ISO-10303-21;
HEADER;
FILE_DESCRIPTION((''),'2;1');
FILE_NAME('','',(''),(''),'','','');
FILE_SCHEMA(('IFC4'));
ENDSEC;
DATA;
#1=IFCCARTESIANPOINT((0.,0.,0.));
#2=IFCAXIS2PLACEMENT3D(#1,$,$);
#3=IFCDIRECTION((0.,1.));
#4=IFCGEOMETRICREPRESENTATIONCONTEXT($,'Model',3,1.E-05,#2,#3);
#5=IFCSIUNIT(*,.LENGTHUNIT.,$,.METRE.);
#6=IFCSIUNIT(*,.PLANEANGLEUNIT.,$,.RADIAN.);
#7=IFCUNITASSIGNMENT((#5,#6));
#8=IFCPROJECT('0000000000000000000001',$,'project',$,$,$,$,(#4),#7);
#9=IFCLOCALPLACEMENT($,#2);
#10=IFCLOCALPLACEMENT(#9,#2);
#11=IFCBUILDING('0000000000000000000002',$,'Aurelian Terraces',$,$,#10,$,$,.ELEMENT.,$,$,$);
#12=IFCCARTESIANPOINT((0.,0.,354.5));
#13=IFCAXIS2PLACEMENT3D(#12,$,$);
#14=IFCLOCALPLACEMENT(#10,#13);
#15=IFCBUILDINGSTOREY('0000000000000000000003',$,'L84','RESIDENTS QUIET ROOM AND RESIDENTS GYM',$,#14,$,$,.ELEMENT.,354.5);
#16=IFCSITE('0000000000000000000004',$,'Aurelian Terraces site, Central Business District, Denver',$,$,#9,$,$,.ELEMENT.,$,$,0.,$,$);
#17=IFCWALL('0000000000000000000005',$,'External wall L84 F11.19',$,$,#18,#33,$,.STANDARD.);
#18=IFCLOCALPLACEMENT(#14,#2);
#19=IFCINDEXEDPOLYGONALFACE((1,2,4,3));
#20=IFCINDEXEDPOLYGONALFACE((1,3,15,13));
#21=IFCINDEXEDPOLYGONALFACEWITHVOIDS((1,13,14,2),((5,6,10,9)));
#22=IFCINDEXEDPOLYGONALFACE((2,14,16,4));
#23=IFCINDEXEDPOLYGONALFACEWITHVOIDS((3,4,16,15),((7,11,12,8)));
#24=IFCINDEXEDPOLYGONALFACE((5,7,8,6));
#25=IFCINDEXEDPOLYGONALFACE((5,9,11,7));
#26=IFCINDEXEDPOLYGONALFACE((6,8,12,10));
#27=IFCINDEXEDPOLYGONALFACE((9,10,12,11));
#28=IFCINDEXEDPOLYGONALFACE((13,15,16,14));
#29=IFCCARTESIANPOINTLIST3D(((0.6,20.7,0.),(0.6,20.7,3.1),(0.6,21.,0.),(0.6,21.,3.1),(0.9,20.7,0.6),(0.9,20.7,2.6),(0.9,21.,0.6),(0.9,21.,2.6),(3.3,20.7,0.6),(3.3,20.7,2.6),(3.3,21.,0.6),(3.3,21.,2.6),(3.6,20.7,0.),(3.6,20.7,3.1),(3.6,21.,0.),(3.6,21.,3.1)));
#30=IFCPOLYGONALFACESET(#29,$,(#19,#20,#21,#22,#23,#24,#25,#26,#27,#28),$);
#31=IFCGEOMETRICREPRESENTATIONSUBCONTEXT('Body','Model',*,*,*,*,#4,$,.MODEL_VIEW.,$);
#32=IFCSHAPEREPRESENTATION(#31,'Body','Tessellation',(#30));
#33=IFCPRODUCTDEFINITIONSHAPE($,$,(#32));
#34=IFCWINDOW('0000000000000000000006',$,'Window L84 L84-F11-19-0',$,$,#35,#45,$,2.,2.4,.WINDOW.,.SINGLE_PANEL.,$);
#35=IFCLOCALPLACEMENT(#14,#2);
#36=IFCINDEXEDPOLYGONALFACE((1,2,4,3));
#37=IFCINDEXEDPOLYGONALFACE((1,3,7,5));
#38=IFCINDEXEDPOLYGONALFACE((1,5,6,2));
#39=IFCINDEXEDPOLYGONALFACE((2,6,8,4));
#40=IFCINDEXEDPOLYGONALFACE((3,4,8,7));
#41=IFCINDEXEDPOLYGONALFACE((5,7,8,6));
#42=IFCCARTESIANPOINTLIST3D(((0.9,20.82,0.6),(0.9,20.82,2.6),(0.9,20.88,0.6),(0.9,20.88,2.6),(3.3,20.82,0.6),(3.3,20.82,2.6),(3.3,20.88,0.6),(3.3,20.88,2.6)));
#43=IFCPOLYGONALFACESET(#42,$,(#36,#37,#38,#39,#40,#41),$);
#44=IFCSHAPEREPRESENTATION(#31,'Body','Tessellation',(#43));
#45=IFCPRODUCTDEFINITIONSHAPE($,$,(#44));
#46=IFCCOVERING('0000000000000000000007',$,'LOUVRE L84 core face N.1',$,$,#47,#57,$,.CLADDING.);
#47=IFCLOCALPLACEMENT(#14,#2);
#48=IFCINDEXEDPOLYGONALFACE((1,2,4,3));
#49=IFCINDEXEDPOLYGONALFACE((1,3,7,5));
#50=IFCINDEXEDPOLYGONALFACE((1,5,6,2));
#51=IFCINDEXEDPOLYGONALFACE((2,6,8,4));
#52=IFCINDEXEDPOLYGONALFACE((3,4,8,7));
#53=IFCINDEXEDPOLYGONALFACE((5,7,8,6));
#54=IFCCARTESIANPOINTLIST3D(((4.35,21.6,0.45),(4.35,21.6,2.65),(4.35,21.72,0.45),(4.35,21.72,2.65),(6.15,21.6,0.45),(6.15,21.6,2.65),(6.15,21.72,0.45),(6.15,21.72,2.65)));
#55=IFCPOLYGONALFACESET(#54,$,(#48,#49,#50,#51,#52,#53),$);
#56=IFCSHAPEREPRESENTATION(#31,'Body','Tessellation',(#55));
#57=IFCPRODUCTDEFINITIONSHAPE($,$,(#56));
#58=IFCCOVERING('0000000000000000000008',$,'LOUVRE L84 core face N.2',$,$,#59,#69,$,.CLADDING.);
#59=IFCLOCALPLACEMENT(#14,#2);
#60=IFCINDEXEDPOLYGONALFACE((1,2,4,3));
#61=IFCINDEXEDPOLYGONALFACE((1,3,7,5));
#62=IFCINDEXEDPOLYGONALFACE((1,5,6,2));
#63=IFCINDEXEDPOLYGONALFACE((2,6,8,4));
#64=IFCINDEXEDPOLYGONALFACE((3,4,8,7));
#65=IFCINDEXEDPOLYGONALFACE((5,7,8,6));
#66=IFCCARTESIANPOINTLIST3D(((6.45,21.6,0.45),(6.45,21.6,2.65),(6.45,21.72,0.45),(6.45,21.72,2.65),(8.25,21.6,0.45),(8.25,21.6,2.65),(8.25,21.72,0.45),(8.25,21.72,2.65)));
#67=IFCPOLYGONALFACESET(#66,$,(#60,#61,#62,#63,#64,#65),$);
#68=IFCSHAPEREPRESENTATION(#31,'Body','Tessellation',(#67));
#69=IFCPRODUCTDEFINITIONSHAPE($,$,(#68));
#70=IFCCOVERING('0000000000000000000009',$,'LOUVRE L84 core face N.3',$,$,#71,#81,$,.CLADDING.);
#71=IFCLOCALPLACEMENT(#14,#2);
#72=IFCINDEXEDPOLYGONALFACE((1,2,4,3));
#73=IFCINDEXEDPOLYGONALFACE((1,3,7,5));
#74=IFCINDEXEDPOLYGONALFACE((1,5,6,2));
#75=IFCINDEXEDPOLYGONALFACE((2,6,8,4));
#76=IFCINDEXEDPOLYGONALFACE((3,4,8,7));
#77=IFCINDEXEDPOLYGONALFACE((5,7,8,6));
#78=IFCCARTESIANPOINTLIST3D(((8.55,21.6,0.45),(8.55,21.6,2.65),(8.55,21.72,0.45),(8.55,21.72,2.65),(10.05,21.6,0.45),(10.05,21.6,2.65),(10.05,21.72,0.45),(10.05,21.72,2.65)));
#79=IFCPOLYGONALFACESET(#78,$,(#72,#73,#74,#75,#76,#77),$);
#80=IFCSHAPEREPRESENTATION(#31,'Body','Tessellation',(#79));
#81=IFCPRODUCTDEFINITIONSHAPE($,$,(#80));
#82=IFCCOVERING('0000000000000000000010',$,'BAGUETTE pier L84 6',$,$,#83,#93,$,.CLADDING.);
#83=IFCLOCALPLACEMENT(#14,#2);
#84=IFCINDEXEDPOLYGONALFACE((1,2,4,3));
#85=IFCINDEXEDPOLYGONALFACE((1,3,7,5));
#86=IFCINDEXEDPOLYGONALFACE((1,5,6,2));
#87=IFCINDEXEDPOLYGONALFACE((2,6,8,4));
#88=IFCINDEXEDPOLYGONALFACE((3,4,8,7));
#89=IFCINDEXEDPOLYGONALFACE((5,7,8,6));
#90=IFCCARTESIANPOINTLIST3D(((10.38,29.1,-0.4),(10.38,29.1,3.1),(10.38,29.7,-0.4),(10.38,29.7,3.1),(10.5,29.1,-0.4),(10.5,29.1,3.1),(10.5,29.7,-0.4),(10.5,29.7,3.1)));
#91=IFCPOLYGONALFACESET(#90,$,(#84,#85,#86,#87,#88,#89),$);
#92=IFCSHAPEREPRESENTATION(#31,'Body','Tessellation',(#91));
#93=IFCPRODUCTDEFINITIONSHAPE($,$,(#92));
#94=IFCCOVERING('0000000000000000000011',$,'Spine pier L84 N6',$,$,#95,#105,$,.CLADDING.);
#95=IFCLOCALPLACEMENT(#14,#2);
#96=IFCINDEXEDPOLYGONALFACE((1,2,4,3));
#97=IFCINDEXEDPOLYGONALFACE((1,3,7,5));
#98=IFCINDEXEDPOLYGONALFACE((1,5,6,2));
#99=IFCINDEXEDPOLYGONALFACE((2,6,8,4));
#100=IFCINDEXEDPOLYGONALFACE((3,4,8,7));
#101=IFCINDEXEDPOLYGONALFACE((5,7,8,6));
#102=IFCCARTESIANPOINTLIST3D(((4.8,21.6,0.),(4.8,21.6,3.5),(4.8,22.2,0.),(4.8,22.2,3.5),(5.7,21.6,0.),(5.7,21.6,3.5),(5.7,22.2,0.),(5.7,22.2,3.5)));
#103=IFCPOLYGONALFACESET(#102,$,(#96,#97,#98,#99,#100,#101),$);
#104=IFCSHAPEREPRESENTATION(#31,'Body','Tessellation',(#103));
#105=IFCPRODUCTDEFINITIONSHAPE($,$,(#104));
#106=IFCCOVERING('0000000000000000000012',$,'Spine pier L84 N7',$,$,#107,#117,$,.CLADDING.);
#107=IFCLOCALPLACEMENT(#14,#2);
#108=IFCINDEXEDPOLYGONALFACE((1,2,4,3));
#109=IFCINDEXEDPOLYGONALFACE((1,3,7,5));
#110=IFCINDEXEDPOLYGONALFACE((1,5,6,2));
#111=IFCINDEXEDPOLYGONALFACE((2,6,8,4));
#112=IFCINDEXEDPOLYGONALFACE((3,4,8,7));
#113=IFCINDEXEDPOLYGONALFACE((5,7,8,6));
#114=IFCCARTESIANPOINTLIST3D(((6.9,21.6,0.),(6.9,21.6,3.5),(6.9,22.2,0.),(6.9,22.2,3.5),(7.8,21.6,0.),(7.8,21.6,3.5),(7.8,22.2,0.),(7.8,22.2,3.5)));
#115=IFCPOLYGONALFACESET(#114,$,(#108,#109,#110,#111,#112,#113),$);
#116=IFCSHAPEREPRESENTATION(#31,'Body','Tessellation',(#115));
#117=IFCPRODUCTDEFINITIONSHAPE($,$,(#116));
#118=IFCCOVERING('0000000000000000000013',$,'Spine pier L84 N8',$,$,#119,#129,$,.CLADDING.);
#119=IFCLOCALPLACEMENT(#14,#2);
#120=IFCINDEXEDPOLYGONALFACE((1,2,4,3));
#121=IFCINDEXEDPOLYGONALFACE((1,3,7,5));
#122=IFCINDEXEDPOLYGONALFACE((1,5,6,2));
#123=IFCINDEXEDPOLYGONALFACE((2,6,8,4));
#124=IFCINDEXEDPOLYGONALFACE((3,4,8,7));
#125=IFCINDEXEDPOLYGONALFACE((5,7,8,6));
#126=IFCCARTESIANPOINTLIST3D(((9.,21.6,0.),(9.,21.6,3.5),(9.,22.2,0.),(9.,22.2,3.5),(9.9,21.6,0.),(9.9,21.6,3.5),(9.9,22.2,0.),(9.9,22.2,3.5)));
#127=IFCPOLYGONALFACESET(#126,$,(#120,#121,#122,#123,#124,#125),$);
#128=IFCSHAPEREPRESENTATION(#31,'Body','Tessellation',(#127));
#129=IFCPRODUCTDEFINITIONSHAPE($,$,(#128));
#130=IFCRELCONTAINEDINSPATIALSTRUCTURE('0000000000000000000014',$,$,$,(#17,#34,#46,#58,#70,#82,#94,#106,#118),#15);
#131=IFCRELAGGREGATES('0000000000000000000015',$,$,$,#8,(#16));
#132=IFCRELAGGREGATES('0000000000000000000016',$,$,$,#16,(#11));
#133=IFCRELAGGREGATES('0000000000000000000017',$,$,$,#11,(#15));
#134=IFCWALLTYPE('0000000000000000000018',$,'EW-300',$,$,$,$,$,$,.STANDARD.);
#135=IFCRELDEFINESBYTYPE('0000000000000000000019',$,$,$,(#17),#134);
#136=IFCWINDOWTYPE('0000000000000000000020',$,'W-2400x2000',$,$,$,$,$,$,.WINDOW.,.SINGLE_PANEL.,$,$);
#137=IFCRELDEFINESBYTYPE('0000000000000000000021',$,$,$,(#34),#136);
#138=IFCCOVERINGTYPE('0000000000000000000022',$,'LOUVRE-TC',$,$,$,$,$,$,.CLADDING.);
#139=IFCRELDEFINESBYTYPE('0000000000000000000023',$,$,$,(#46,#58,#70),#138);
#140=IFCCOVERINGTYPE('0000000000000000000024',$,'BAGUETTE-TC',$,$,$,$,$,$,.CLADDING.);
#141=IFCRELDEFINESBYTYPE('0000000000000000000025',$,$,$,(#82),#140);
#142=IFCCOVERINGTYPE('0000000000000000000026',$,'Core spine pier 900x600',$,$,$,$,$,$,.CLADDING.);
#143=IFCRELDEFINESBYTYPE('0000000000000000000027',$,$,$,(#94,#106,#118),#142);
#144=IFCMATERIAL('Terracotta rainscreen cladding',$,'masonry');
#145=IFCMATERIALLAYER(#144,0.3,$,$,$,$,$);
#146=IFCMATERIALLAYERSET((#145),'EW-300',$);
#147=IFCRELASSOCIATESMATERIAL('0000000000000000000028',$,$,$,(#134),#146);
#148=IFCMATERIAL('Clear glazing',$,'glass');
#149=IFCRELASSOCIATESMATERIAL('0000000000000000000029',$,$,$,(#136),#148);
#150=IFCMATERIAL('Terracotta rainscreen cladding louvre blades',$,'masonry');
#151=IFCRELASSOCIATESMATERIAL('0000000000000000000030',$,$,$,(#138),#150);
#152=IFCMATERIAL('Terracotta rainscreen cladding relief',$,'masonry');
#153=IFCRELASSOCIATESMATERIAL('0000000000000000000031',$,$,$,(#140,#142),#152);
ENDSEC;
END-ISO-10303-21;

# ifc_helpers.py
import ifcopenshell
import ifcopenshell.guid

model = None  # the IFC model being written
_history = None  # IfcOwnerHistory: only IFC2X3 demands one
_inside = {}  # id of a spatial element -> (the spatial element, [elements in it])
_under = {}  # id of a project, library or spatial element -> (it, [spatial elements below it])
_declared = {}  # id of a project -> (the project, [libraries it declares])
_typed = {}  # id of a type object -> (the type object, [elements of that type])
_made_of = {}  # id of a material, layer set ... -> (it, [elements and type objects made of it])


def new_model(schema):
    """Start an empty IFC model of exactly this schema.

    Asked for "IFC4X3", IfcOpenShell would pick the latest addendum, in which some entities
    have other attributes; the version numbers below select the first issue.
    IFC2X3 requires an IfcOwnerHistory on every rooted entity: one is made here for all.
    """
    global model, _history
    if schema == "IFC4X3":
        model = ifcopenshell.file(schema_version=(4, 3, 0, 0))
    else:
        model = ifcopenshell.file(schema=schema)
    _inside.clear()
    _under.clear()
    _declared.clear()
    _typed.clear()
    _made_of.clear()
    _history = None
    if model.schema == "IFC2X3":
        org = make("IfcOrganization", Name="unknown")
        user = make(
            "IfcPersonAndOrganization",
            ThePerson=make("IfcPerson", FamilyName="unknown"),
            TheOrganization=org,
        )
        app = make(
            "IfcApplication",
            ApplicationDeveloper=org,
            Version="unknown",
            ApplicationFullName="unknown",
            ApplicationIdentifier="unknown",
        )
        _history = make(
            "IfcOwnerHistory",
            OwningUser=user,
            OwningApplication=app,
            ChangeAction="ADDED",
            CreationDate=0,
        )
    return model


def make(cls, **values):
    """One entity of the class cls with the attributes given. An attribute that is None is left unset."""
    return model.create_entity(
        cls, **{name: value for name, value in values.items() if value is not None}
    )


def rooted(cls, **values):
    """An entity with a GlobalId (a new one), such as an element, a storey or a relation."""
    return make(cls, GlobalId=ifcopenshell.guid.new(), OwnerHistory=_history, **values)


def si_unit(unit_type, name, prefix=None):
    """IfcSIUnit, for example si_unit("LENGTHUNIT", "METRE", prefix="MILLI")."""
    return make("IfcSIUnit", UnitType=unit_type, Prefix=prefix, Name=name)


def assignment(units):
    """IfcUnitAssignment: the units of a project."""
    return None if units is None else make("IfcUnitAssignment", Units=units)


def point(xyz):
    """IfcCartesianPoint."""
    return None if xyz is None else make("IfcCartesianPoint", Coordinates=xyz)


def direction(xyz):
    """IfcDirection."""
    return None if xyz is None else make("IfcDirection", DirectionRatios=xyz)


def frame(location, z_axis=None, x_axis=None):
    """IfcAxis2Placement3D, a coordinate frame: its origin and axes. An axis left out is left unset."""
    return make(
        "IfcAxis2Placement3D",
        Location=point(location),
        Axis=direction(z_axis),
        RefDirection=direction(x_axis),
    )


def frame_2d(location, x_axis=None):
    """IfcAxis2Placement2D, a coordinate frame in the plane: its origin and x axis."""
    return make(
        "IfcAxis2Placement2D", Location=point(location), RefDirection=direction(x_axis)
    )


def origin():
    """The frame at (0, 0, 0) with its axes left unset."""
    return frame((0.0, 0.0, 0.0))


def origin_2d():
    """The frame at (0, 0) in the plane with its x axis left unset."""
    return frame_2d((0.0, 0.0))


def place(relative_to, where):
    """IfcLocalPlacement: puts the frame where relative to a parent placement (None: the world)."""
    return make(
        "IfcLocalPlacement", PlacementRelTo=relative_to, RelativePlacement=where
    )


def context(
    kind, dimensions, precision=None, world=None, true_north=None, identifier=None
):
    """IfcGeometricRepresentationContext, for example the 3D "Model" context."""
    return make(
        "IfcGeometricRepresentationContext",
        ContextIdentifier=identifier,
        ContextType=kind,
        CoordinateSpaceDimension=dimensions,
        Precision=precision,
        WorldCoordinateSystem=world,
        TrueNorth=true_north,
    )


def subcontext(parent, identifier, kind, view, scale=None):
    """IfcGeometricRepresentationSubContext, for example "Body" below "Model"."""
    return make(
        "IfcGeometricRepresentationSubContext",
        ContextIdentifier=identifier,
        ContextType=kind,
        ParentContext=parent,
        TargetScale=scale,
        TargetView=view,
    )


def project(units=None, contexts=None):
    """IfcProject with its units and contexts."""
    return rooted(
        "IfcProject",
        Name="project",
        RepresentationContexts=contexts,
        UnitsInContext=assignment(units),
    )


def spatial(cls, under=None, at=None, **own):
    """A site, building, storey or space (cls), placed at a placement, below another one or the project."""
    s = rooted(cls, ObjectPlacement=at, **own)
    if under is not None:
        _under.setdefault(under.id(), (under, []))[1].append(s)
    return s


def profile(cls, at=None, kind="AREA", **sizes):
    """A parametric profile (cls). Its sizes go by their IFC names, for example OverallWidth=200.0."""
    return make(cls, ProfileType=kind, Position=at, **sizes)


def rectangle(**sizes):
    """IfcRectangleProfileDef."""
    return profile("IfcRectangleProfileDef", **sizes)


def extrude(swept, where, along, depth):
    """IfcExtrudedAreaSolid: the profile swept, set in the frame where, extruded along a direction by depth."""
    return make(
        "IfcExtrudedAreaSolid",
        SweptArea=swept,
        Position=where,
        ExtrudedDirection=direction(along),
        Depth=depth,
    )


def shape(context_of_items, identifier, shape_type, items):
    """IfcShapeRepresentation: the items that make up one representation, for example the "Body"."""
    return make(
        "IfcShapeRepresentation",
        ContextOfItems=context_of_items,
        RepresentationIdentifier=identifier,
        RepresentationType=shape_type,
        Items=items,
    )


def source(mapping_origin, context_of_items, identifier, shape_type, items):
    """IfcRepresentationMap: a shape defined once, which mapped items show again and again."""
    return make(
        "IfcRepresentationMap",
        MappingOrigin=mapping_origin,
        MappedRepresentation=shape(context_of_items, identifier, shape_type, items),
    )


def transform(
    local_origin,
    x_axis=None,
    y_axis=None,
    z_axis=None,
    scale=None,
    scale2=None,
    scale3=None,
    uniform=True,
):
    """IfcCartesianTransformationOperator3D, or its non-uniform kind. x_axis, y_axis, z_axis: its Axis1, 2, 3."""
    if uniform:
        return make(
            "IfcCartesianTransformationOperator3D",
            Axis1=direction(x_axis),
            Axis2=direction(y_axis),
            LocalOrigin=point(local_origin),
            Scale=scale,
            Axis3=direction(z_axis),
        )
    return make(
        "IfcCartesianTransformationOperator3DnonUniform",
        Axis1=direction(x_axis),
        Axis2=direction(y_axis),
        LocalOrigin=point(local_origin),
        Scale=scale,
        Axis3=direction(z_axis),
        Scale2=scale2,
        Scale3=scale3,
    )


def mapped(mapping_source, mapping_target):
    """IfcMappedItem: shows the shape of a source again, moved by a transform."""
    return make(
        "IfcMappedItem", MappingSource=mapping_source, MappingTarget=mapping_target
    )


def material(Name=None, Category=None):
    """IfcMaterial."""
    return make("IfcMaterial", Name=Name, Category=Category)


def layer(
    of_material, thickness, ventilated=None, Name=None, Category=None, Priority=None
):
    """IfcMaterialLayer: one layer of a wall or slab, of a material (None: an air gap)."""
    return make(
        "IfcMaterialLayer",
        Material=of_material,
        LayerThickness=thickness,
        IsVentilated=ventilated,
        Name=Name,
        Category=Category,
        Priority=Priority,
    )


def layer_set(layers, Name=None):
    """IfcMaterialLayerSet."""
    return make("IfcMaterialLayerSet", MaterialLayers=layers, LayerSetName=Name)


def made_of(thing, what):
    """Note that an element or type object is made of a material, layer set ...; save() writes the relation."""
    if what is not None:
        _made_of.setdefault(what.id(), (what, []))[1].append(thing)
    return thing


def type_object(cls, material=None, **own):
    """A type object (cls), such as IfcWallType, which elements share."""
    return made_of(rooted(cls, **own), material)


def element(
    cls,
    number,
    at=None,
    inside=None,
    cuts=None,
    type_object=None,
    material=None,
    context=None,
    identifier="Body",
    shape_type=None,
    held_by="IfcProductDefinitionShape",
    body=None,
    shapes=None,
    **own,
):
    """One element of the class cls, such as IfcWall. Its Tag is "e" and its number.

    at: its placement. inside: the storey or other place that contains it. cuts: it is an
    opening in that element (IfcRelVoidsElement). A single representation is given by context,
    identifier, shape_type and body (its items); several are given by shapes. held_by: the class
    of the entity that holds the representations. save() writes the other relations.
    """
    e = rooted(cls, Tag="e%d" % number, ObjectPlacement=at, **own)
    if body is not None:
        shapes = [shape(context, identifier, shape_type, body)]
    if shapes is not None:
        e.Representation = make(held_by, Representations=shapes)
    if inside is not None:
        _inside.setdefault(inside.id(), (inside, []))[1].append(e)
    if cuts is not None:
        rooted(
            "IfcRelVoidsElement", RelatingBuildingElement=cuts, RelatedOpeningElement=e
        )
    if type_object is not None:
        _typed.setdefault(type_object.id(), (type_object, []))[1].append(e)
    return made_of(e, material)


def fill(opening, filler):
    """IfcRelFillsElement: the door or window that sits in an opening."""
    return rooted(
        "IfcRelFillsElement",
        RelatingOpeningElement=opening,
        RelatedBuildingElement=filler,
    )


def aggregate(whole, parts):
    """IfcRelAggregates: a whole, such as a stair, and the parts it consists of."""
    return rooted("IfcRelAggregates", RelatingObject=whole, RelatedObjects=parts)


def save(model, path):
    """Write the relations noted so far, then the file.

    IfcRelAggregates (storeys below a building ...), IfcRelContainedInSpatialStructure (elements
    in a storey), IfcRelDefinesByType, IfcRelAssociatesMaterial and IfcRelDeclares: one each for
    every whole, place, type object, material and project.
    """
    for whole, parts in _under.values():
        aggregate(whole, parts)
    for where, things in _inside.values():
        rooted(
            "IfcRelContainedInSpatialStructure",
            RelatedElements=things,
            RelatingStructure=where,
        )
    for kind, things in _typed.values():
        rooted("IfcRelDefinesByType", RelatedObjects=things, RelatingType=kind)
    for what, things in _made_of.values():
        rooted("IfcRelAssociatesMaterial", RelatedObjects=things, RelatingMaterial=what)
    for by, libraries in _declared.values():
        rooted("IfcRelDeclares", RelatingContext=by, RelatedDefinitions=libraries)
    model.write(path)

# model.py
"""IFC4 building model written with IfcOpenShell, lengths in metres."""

from ifc_helpers import new_model, si_unit, direction, frame, frame_2d, origin, origin_2d, place, context, subcontext, project, spatial, rectangle, extrude, source, transform, mapped, material, layer, layer_set, type_object, element, fill, save


model = new_model("IFC4")

# Units and contexts
model_context = context("Model", 3, precision=1e-05, world=origin(), true_north=direction((0.0, 1.0)))
body_context = subcontext(model_context, "Body", "Model", "MODEL_VIEW")
ifc_project = project(units=[si_unit("LENGTHUNIT", "METRE"), si_unit("PLANEANGLEUNIT", "RADIAN")], contexts=[model_context])

# Site, building, storey
site_placement = place(None, origin())
site = spatial("IfcSite", under=ifc_project, at=site_placement, Name="Aurelian Terraces site, Central Business District, Denver", CompositionType="ELEMENT", RefElevation=0.0)
building_placement = place(site_placement, origin())
building = spatial("IfcBuilding", under=site, at=building_placement, Name="Aurelian Terraces", CompositionType="ELEMENT")
storey_placement = place(building_placement, frame((0.0, 0.0, 354.5)))
storey = spatial("IfcBuildingStorey", under=building, at=storey_placement, Name="L84", Description="RESIDENTS QUIET ROOM AND RESIDENTS GYM", CompositionType="ELEMENT", Elevation=354.5)

# Shared definitions
ifc_material_1 = material(Name="Terracotta rainscreen cladding", Category="masonry")
ifc_layer_1 = layer(ifc_material_1, 0.3)
ifc_layer_set_1 = layer_set([ifc_layer_1], Name="EW-300")
wall_type_1 = type_object("IfcWallType", Name="EW-300", PredefinedType="STANDARD", material=ifc_layer_set_1)
shared_shape_1 = source(origin(), body_context, "Body", "SweptSolid", [
    extrude(rectangle(XDim=2.4, YDim=2.0, at=frame_2d((1.2, 1.0))), frame((0.0, 0.16, 0.0), z_axis=(0.0, -1.0, 0.0), x_axis=(1.0, 0.0, 0.0)), (0.0, 0.0, 1.0), 0.32),
])
ifc_material_2 = material(Name="Clear glazing", Category="glass")
window_type_1 = type_object("IfcWindowType", Name="W-2400x2000", PartitioningType="SINGLE_PANEL", PredefinedType="WINDOW", material=ifc_material_2)
shared_shape_2 = source(origin(), body_context, "Body", "SweptSolid", [
    extrude(rectangle(XDim=2.4, YDim=2.0, at=frame_2d((1.2, 1.0))), frame((0.0, 0.03, 0.0), z_axis=(0.0, -1.0, 0.0), x_axis=(1.0, 0.0, 0.0)), (0.0, 0.0, 1.0), 0.06),
])

# Wall, opening, window
shared_shape_3 = source(origin(), body_context, "Body", "SweptSolid", [
    extrude(rectangle(XDim=3.0, YDim=0.3, at=frame_2d((1.5, 0.0))), origin(), (0.0, 0.0, 1.0), 3.1),
])
wall_1_placement = place(storey_placement, frame((3.6, 20.85, 0.0), z_axis=(0.0, 0.0, 1.0), x_axis=(-1.0, 0.0, 0.0)))
wall_1 = element("IfcWall", 1, at=wall_1_placement, inside=storey, type_object=wall_type_1, Name="External wall L84 F11.19", PredefinedType="STANDARD", context=body_context, shape_type="MappedRepresentation", body=[
    mapped(shared_shape_3, transform((0.0, 0.0, 0.0), scale=1.0)),
])
opening_1_placement = place(wall_1_placement, frame((0.3, 0.0, 0.6)))
opening_1 = element("IfcOpeningElement", 2, at=opening_1_placement, cuts=wall_1, PredefinedType="OPENING", context=body_context, shape_type="MappedRepresentation", body=[
    mapped(shared_shape_1, transform((0.0, 0.0, 0.0), scale=1.0)),
])
window_1_placement = place(opening_1_placement, origin())
window_1 = element("IfcWindow", 3, at=window_1_placement, inside=storey, type_object=window_type_1, Name="Window L84 L84-F11-19-0", OverallHeight=2.0, OverallWidth=2.4, PartitioningType="SINGLE_PANEL", PredefinedType="WINDOW", context=body_context, shape_type="MappedRepresentation", body=[
    mapped(shared_shape_2, transform((0.0, 0.0, 0.0), scale=1.0)),
])
fill(opening_1, window_1)

# Coverings
ifc_material_3 = material(Name="Terracotta rainscreen cladding louvre blades", Category="masonry")
covering_type_1 = type_object("IfcCoveringType", Name="LOUVRE-TC", PredefinedType="CLADDING", material=ifc_material_3)
shared_shape_4 = source(origin(), body_context, "Body", "SweptSolid", [
    extrude(rectangle(XDim=1.8, YDim=0.12, at=origin_2d()), origin(), (0.0, 0.0, 1.0), 2.2),
])
for number, where, z_axis, x_axis, name in (
    (4, (5.25, 21.66, 0.45), (0.0, 0.0, 1.0), (1.0, 0.0, 0.0), "LOUVRE L84 core face N.1"),
    (5, (7.35, 21.66, 0.45), (0.0, 0.0, 1.0), (1.0, 0.0, 0.0), "LOUVRE L84 core face N.2"),
):
    element("IfcCovering", number, at=place(storey_placement, frame(where, z_axis=z_axis, x_axis=x_axis)), inside=storey, type_object=covering_type_1, Name=name, PredefinedType="CLADDING", context=body_context, shape_type="MappedRepresentation", body=[
        mapped(shared_shape_4, transform((0.0, 0.0, 0.0), scale=1.0)),
    ])
shared_shape_5 = source(origin(), body_context, "Body", "SweptSolid", [
    extrude(rectangle(XDim=1.5, YDim=0.12, at=origin_2d()), origin(), (0.0, 0.0, 1.0), 2.2),
])
covering_1_placement = place(storey_placement, frame((9.3, 21.66, 0.45), z_axis=(0.0, 0.0, 1.0), x_axis=(1.0, 0.0, 0.0)))
element("IfcCovering", 6, at=covering_1_placement, inside=storey, type_object=covering_type_1, Name="LOUVRE L84 core face N.3", PredefinedType="CLADDING", context=body_context, shape_type="MappedRepresentation", body=[
    mapped(shared_shape_5, transform((0.0, 0.0, 0.0), scale=1.0)),
])
ifc_material_4 = material(Name="Terracotta rainscreen cladding relief", Category="masonry")
covering_type_2 = type_object("IfcCoveringType", Name="BAGUETTE-TC", PredefinedType="CLADDING", material=ifc_material_4)
shared_shape_6 = source(origin(), body_context, "Body", "SweptSolid", [
    extrude(rectangle(XDim=0.12, YDim=0.6, at=origin_2d()), origin(), (0.0, 0.0, 1.0), 3.5),
])
covering_2_placement = place(storey_placement, frame((10.44, 29.4, -0.4), z_axis=(0.0, 0.0, 1.0), x_axis=(1.0, 0.0, 0.0)))
element("IfcCovering", 7, at=covering_2_placement, inside=storey, type_object=covering_type_2, Name="BAGUETTE pier L84 6", PredefinedType="CLADDING", context=body_context, shape_type="MappedRepresentation", body=[
    mapped(shared_shape_6, transform((0.0, 0.0, 0.0), scale=1.0)),
])

# Coverings
covering_type_3 = type_object("IfcCoveringType", Name="Core spine pier 900x600", PredefinedType="CLADDING", material=ifc_material_4)
shared_shape_7 = source(origin(), body_context, "Body", "SweptSolid", [
    extrude(rectangle(XDim=0.9, YDim=0.6, at=origin_2d()), origin(), (0.0, 0.0, 1.0), 3.5),
])
for number, where, z_axis, x_axis, name in (
    (8, (5.25, 21.9, 0.0), (0.0, 0.0, 1.0), (1.0, 0.0, 0.0), "Spine pier L84 N6"),
    (9, (7.35, 21.9, 0.0), (0.0, 0.0, 1.0), (1.0, 0.0, 0.0), "Spine pier L84 N7"),
    (10, (9.45, 21.9, 0.0), (0.0, 0.0, 1.0), (1.0, 0.0, 0.0), "Spine pier L84 N8"),
):
    element("IfcCovering", number, at=place(storey_placement, frame(where, z_axis=z_axis, x_axis=x_axis)), inside=storey, type_object=covering_type_3, Name=name, PredefinedType="CLADDING", context=body_context, shape_type="MappedRepresentation", body=[
        mapped(shared_shape_7, transform((0.0, 0.0, 0.0), scale=1.0)),
    ])

save(model, "model.ifc")
